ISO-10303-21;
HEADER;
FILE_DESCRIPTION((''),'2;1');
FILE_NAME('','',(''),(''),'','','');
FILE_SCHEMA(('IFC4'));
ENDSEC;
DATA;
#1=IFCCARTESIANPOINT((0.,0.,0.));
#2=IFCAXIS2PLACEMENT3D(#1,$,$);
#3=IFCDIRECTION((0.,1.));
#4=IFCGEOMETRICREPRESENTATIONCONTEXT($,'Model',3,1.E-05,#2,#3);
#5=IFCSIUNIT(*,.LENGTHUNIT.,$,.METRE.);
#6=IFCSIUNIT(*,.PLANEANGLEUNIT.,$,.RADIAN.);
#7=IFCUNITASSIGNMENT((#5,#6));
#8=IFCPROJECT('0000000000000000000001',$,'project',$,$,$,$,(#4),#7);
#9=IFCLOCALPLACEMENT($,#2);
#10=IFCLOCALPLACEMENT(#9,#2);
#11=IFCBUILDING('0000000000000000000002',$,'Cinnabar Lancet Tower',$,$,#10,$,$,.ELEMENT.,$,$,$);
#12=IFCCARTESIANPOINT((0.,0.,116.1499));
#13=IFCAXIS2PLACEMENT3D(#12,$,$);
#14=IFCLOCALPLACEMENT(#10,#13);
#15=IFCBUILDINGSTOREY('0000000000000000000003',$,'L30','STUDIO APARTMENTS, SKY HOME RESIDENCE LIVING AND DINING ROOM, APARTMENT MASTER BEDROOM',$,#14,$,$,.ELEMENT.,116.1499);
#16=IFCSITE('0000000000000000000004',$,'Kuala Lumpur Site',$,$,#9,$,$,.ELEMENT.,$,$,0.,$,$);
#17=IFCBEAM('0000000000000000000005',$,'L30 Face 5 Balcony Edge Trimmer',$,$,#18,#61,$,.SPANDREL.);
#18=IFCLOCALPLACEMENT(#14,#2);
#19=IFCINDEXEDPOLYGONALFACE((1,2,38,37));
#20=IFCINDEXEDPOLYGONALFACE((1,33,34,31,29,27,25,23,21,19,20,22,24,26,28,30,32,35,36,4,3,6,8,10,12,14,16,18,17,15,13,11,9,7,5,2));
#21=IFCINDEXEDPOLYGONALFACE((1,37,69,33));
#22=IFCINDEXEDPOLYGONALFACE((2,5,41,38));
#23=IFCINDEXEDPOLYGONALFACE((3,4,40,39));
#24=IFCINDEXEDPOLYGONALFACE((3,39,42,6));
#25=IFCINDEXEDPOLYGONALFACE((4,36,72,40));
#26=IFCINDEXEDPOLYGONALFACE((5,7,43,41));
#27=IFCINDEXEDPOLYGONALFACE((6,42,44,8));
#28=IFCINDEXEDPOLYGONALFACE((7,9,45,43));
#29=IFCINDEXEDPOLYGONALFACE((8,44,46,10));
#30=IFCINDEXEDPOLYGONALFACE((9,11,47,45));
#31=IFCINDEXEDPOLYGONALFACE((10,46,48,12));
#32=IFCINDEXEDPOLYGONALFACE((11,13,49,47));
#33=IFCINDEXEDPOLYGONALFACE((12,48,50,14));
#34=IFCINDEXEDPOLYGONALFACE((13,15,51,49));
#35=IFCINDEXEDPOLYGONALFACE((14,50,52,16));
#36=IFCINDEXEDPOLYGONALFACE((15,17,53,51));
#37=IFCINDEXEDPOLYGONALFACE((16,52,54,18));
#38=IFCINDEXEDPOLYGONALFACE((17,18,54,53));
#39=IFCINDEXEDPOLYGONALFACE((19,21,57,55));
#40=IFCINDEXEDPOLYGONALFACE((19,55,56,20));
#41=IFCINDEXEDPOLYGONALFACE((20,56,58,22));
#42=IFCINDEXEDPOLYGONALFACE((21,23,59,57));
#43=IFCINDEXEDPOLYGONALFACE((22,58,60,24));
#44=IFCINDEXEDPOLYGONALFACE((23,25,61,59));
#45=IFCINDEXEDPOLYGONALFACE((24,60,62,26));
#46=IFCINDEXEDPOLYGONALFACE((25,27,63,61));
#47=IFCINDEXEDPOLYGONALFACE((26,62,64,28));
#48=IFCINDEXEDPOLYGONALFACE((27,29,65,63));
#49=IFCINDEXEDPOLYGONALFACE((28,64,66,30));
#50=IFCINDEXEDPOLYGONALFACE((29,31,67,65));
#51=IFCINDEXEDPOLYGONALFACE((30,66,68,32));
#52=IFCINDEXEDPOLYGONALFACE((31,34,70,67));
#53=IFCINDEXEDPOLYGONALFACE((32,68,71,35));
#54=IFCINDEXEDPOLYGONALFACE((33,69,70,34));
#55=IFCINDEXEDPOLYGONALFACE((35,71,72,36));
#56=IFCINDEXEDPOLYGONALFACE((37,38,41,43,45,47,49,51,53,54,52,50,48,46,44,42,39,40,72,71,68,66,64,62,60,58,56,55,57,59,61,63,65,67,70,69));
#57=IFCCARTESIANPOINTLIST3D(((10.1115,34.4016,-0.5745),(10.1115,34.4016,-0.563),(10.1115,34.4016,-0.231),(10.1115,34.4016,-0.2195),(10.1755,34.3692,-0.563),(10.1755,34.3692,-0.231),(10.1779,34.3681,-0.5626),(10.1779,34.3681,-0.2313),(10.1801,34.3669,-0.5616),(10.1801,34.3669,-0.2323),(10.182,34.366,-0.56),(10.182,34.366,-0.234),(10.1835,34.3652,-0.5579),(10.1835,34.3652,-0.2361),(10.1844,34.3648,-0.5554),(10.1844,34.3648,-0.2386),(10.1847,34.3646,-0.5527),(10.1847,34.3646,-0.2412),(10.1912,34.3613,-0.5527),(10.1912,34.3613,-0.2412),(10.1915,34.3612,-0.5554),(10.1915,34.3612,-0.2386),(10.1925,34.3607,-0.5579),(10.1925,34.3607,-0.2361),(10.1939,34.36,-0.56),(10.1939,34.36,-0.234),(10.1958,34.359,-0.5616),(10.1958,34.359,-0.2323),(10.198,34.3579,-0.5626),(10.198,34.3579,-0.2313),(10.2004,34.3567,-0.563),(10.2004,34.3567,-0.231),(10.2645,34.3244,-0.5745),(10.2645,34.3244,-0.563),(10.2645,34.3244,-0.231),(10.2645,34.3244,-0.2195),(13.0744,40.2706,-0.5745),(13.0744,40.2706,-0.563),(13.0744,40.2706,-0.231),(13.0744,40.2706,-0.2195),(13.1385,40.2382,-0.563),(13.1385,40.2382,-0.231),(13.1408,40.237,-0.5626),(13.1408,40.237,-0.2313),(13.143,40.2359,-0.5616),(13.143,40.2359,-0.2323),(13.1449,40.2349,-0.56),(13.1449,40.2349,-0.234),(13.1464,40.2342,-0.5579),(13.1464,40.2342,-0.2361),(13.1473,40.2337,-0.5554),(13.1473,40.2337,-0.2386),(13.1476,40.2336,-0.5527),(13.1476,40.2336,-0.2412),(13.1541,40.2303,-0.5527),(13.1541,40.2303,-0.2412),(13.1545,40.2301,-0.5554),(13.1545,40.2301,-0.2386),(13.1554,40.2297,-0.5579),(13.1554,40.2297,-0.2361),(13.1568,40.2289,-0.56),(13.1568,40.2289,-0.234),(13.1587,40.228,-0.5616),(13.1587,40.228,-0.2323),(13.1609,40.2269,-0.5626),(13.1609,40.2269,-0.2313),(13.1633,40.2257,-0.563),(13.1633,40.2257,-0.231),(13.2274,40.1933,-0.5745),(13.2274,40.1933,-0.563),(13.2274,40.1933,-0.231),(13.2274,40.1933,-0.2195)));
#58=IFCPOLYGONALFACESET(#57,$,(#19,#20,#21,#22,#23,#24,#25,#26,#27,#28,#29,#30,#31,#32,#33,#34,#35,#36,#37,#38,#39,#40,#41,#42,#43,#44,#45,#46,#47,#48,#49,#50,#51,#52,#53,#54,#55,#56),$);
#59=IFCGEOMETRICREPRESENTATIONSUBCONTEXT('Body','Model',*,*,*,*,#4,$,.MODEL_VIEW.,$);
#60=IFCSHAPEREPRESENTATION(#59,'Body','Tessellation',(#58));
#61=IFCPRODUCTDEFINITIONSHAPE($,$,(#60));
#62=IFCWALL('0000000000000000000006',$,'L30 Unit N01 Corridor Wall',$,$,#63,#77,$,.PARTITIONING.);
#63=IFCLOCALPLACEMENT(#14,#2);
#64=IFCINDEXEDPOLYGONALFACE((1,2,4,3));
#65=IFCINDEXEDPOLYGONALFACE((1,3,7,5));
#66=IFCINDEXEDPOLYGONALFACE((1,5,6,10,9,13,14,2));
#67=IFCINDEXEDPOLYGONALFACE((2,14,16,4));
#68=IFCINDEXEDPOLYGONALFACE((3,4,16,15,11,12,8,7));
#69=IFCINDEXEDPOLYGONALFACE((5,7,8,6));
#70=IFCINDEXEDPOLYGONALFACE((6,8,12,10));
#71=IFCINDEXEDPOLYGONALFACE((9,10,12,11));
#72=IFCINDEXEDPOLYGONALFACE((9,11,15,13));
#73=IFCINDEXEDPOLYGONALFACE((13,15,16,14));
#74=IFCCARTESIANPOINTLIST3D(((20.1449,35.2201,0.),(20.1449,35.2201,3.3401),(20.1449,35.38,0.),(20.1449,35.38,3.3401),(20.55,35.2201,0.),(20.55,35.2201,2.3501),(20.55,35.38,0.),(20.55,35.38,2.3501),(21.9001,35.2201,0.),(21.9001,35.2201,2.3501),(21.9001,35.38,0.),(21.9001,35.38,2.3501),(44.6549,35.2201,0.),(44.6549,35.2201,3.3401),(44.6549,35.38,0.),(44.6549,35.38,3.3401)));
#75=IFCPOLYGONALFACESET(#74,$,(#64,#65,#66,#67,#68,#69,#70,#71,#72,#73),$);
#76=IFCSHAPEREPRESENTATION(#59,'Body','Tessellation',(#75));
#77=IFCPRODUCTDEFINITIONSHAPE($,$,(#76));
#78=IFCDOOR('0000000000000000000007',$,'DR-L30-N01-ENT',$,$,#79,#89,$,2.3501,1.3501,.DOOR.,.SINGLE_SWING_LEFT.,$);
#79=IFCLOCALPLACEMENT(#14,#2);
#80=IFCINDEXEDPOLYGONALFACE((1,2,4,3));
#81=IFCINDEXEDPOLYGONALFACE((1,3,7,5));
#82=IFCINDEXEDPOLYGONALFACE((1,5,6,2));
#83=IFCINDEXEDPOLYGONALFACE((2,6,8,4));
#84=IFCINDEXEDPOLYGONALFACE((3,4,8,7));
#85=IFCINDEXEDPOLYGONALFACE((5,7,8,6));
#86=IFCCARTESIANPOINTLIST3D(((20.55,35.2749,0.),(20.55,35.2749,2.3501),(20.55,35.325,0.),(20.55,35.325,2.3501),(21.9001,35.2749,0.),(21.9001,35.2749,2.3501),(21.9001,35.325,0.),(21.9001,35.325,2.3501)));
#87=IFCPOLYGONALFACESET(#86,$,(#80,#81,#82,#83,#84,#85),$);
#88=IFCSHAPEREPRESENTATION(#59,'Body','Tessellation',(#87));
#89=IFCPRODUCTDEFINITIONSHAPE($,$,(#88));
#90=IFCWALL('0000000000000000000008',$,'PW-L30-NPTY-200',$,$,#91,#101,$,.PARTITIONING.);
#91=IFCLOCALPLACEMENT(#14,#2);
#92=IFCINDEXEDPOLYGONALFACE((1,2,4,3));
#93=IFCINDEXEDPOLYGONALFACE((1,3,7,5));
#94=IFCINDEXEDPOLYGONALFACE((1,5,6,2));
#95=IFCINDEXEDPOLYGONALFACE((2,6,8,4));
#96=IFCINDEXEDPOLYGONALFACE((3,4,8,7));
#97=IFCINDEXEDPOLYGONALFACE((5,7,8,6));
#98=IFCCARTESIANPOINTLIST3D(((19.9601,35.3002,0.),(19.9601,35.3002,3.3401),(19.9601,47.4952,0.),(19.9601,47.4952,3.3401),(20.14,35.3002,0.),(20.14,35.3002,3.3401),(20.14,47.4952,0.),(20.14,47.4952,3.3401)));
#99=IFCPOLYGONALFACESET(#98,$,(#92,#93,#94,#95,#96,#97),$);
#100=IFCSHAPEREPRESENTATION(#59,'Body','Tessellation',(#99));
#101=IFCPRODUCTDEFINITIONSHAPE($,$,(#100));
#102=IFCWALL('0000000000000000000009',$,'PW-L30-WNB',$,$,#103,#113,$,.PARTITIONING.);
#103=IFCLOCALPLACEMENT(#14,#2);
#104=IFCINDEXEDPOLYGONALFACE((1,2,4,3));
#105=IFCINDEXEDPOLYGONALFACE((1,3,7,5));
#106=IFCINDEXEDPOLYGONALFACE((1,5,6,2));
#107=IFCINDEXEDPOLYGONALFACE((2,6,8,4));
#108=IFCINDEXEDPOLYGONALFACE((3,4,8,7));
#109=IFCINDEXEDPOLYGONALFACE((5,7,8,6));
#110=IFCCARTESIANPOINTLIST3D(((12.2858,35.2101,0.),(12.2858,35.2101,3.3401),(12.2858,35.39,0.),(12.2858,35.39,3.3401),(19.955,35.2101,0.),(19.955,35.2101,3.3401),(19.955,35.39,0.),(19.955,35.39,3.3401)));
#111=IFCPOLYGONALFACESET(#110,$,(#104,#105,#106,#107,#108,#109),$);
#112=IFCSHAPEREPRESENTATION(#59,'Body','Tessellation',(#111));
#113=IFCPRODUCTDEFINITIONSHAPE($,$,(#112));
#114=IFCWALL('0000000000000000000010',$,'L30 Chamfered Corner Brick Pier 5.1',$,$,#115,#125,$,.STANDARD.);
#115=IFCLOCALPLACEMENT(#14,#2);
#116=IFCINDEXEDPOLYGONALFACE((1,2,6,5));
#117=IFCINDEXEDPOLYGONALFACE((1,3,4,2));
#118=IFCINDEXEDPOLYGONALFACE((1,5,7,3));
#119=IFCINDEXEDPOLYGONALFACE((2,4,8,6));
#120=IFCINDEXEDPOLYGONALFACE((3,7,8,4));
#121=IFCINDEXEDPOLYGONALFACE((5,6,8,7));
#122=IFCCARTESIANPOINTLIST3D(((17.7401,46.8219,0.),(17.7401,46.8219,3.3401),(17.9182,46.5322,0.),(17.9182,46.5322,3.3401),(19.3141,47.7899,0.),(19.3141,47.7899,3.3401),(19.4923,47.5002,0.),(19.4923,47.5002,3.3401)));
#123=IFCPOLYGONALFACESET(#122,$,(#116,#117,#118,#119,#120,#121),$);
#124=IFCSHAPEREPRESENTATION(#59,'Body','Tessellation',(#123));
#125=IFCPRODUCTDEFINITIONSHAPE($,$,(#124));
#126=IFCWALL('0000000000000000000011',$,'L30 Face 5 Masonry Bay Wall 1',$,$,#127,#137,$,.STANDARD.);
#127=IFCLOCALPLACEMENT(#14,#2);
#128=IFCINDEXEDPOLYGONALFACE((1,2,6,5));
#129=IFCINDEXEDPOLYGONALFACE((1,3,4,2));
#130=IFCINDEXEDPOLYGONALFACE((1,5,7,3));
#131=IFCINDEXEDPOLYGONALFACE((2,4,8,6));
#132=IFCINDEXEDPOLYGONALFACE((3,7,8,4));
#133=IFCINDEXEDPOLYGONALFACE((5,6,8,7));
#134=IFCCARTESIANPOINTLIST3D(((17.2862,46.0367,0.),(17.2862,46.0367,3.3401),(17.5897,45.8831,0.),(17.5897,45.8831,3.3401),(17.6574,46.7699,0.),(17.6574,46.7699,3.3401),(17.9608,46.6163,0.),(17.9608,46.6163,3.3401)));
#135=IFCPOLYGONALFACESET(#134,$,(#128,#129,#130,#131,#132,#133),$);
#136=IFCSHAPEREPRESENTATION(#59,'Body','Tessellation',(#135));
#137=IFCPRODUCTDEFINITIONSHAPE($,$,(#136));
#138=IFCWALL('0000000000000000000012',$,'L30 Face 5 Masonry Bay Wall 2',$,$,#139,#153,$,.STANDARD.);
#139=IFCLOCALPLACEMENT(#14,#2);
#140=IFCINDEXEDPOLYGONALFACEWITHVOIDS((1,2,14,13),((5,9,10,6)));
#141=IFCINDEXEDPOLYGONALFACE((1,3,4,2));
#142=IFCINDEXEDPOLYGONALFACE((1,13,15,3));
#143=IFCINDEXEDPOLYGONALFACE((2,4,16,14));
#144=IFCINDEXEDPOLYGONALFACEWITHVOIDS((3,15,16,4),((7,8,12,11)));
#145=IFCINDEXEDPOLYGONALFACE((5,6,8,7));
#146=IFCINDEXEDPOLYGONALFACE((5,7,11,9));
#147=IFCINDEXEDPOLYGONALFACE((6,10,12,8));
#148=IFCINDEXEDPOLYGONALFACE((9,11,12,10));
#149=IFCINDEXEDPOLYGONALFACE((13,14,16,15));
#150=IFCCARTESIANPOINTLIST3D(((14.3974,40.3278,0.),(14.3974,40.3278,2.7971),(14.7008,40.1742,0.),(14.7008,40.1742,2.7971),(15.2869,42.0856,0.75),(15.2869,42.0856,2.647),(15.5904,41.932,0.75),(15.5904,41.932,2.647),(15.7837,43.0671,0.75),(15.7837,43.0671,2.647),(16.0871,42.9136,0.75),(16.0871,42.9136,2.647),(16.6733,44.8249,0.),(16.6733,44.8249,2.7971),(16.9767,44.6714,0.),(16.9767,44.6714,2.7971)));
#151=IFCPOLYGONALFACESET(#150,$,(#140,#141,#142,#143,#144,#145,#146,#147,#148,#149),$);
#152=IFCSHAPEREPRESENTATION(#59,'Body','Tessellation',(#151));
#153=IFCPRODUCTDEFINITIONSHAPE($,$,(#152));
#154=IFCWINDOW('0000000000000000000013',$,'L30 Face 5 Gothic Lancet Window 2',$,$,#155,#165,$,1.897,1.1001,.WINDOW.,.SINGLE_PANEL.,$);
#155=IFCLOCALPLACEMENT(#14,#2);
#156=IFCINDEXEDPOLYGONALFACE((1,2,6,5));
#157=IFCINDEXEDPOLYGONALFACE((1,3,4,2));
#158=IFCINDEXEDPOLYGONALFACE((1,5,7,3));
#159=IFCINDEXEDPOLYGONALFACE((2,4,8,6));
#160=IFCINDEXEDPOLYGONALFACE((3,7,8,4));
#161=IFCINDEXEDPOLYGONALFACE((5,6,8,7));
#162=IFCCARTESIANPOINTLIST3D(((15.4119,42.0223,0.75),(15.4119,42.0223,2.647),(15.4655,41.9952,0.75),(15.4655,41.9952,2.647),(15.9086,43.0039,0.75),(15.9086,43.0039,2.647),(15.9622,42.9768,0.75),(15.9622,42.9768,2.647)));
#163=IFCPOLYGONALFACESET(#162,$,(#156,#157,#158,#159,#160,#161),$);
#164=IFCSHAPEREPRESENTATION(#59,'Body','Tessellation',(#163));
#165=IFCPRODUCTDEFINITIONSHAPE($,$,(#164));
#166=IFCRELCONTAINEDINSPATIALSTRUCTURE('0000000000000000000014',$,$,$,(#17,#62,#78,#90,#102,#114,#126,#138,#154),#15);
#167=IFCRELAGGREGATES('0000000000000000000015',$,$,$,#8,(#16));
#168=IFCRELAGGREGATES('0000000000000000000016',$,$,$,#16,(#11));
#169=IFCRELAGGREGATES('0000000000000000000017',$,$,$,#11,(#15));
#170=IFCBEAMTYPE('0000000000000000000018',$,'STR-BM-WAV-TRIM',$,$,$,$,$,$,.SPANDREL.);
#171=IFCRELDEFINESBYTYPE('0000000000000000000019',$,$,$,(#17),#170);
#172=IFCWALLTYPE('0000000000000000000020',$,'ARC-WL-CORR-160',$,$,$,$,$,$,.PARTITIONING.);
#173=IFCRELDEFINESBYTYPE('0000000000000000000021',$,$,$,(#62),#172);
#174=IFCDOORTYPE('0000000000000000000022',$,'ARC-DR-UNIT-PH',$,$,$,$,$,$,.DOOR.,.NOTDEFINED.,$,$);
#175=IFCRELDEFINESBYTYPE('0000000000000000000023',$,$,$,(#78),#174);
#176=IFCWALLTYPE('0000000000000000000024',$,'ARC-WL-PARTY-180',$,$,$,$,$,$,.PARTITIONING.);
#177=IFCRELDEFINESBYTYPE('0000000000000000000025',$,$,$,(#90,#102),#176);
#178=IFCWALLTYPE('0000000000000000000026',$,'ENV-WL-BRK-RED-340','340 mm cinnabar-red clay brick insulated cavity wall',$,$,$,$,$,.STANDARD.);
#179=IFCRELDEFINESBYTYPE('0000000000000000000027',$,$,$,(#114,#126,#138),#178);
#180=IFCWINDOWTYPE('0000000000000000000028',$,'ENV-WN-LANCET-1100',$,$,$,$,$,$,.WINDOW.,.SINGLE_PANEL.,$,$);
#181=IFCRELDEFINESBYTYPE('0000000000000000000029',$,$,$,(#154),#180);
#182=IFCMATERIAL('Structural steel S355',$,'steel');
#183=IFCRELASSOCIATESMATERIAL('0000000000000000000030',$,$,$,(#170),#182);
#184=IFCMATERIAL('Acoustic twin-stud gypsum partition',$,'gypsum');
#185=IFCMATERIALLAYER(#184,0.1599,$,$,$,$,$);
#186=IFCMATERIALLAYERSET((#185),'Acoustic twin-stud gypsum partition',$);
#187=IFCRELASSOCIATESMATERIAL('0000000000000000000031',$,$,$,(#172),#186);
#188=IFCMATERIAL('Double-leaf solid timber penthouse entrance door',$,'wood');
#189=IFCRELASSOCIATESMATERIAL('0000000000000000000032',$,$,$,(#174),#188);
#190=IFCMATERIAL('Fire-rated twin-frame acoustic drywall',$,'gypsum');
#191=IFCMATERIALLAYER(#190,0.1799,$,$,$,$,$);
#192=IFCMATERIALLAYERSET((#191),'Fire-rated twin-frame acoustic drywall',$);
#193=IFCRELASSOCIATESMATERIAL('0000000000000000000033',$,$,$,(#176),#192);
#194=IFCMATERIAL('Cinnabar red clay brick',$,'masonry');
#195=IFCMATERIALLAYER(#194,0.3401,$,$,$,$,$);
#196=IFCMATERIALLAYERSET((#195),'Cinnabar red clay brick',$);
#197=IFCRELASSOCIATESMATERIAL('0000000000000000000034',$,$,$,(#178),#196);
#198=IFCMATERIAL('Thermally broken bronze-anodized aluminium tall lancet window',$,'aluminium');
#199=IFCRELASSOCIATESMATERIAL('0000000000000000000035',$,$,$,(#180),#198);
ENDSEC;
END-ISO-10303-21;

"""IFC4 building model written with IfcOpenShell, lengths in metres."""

from ifc_helpers import new_model, si_unit, direction, frame, frame_2d, origin, origin_2d, place, context, subcontext, project, spatial, rectangle, i_section, extrude, material, layer, layer_set, material_profile, profile_set, type_object, element, fill, save


model = new_model("IFC4")

# Units and contexts
model_context = context("Model", 3, precision=1e-05, world=origin(), true_north=direction((0.0, 1.0)))
body_context = subcontext(model_context, "Body", "Model", "MODEL_VIEW")
ifc_project = project(units=[si_unit("LENGTHUNIT", "METRE"), si_unit("PLANEANGLEUNIT", "RADIAN")], contexts=[model_context])

# Site, building, storey
site_placement = place(None, origin())
site = spatial("IfcSite", under=ifc_project, at=site_placement, Name="Kuala Lumpur Site", CompositionType="ELEMENT", RefElevation=0.0)
building_placement = place(site_placement, origin())
building = spatial("IfcBuilding", under=site, at=building_placement, Name="Cinnabar Lancet Tower", CompositionType="ELEMENT")
storey_placement = place(building_placement, frame((0.0, 0.0, 116.1499)))
storey = spatial("IfcBuildingStorey", under=building, at=storey_placement, Name="L30", Description="STUDIO APARTMENTS, SKY HOME RESIDENCE LIVING AND DINING ROOM, APARTMENT MASTER BEDROOM", CompositionType="ELEMENT", Elevation=116.1499)

# Beam
ifc_material_1 = material(Name="Structural steel S355", Category="steel")
ifc_material_profile_1 = material_profile(ifc_material_1, i_section(OverallWidth=0.1714, OverallDepth=0.355, WebThickness=0.0073, FlangeThickness=0.0115, FilletRadius=0.0103, at=origin_2d()), Name="UKB 356x171x51")
ifc_profile_set_1 = profile_set([ifc_material_profile_1], Name="Structural steel S355")
beam_type_1 = type_object("IfcBeamType", Name="STR-BM-WAV-TRIM", PredefinedType="SPANDREL", material=ifc_profile_set_1)
beam_1_placement = place(storey_placement, frame((13.1509, 40.2319, -0.397), z_axis=(-0.450671, -0.89269, 0.0), x_axis=(0.89269, -0.450671, 0.0)))
element("IfcBeam", 1, at=beam_1_placement, inside=storey, type_object=beam_type_1, Name="L30 Face 5 Balcony Edge Trimmer", PredefinedType="SPANDREL", context=body_context, shape_type="SweptSolid", body=[
    extrude(i_section(OverallWidth=0.1714, OverallDepth=0.355, WebThickness=0.0073, FlangeThickness=0.0115, FilletRadius=0.0103, at=origin_2d()), origin(), (0.0, 0.0, 1.0), 6.5745),
])

# Wall, opening, door
ifc_material_2 = material(Name="Acoustic twin-stud gypsum partition", Category="gypsum")
ifc_layer_1 = layer(ifc_material_2, 0.1599)
ifc_layer_set_1 = layer_set([ifc_layer_1], Name="Acoustic twin-stud gypsum partition")
wall_type_1 = type_object("IfcWallType", Name="ARC-WL-CORR-160", PredefinedType="PARTITIONING", material=ifc_layer_set_1)
wall_1_placement = place(storey_placement, frame((20.145, 35.3, 0.0), z_axis=(0.0, 0.0, 1.0), x_axis=(1.0, 0.0, 0.0)))
wall_1 = element("IfcWall", 2, at=wall_1_placement, inside=storey, type_object=wall_type_1, Name="L30 Unit N01 Corridor Wall", PredefinedType="PARTITIONING", context=body_context, shape_type="SweptSolid", body=[
    extrude(rectangle(XDim=24.51, YDim=0.1599, at=frame_2d((12.2549, 0.0))), origin(), (0.0, 0.0, 1.0), 3.3401),
])
opening_1_placement = place(wall_1_placement, frame((0.405, 0.0, 0.0)))
opening_1 = element("IfcOpeningElement", 3, at=opening_1_placement, cuts=wall_1, PredefinedType="OPENING", context=body_context, shape_type="SweptSolid", body=[
    extrude(rectangle(XDim=1.3501, YDim=2.3501, at=frame_2d((0.675, 1.175))), frame((0.0, 0.0898, 0.0), z_axis=(0.0, -1.0, 0.0), x_axis=(1.0, 0.0, 0.0)), (0.0, 0.0, 1.0), 0.1799),
])
ifc_material_3 = material(Name="Double-leaf solid timber penthouse entrance door", Category="wood")
door_type_1 = type_object("IfcDoorType", Name="ARC-DR-UNIT-PH", OperationType="NOTDEFINED", PredefinedType="DOOR", material=ifc_material_3)
door_1_placement = place(opening_1_placement, origin())
door_1 = element("IfcDoor", 4, at=door_1_placement, inside=storey, type_object=door_type_1, Name="DR-L30-N01-ENT", OperationType="SINGLE_SWING_LEFT", OverallHeight=2.3501, OverallWidth=1.3501, PredefinedType="DOOR", context=body_context, shape_type="SweptSolid", body=[
    extrude(rectangle(XDim=1.3501, YDim=2.3501, at=frame_2d((0.675, 1.175))), frame((0.0, 0.0249, 0.0), z_axis=(0.0, -1.0, 0.0), x_axis=(1.0, 0.0, 0.0)), (0.0, 0.0, 1.0), 0.05),
])
fill(opening_1, door_1)

# Walls
ifc_material_4 = material(Name="Fire-rated twin-frame acoustic drywall", Category="gypsum")
ifc_layer_2 = layer(ifc_material_4, 0.1799)
ifc_layer_set_2 = layer_set([ifc_layer_2], Name="Fire-rated twin-frame acoustic drywall")
wall_type_2 = type_object("IfcWallType", Name="ARC-WL-PARTY-180", PredefinedType="PARTITIONING", material=ifc_layer_set_2)
wall_2_placement = place(storey_placement, frame((20.05, 35.3, 0.0), z_axis=(0.0, 0.0, 1.0), x_axis=(0.0, 1.0, 0.0)))
element("IfcWall", 5, at=wall_2_placement, inside=storey, type_object=wall_type_2, Name="PW-L30-NPTY-200", PredefinedType="PARTITIONING", context=body_context, shape_type="SweptSolid", body=[
    extrude(rectangle(XDim=12.1951, YDim=0.1799, at=frame_2d((6.0977, 0.0))), origin(), (0.0, 0.0, 1.0), 3.3401),
])
wall_3_placement = place(storey_placement, frame((12.2859, 35.3, 0.0), z_axis=(0.0, 0.0, 1.0), x_axis=(1.0, 0.0, 0.0)))
element("IfcWall", 6, at=wall_3_placement, inside=storey, type_object=wall_type_2, Name="PW-L30-WNB", PredefinedType="PARTITIONING", context=body_context, shape_type="SweptSolid", body=[
    extrude(rectangle(XDim=7.6692, YDim=0.1799, at=frame_2d((3.8345, 0.0))), origin(), (0.0, 0.0, 1.0), 3.3401),
])
ifc_material_5 = material(Name="Cinnabar red clay brick", Category="masonry")
ifc_layer_3 = layer(ifc_material_5, 0.3401)
ifc_layer_set_3 = layer_set([ifc_layer_3], Name="Cinnabar red clay brick")
wall_type_3 = type_object("IfcWallType", Name="ENV-WL-BRK-RED-340", Description="340 mm cinnabar-red clay brick insulated cavity wall", PredefinedType="STANDARD", material=ifc_layer_set_3)
wall_4_placement = place(storey_placement, frame((19.4031, 47.645, 0.0), z_axis=(0.0, 0.0, 1.0), x_axis=(-0.851799, -0.523869, 0.0)))
element("IfcWall", 7, at=wall_4_placement, inside=storey, type_object=wall_type_3, Name="L30 Chamfered Corner Brick Pier 5.1", PredefinedType="STANDARD", context=body_context, shape_type="SweptSolid", body=[
    extrude(rectangle(XDim=1.8479, YDim=0.3401, at=frame_2d((0.9238, 0.0))), origin(), (0.0, 0.0, 1.0), 3.3401),
])
wall_5_placement = place(storey_placement, frame((17.8091, 46.6931, 0.0), z_axis=(0.0, 0.0, 1.0), x_axis=(-0.451605, -0.892218, 0.0)))
element("IfcWall", 8, at=wall_5_placement, inside=storey, type_object=wall_type_3, Name="L30 Face 5 Masonry Bay Wall 1", PredefinedType="STANDARD", context=body_context, shape_type="SweptSolid", body=[
    extrude(rectangle(XDim=0.8218, YDim=0.3401, at=frame_2d((0.4109, 0.0))), origin(), (0.0, 0.0, 1.0), 3.3401),
])

# Wall, opening, window
wall_6_placement = place(storey_placement, frame((16.825, 44.748, 0.0), z_axis=(0.0, 0.0, 1.0), x_axis=(-0.451548, -0.892247, 0.0)))
wall_6 = element("IfcWall", 9, at=wall_6_placement, inside=storey, type_object=wall_type_3, Name="L30 Face 5 Masonry Bay Wall 2", PredefinedType="STANDARD", context=body_context, shape_type="SweptSolid", body=[
    extrude(rectangle(XDim=5.0403, YDim=0.3401, at=frame_2d((2.52, 0.0))), origin(), (0.0, 0.0, 1.0), 2.7971),
])
opening_2_placement = place(wall_6_placement, frame((1.97, 0.0, 0.75)))
opening_2 = element("IfcOpeningElement", 10, at=opening_2_placement, cuts=wall_6, PredefinedType="OPENING", context=body_context, shape_type="SweptSolid", body=[
    extrude(rectangle(XDim=1.1001, YDim=1.897, at=frame_2d((0.55, 0.9485))), frame((0.0, 0.1799, 0.0), z_axis=(0.0, -1.0, 0.0), x_axis=(1.0, 0.0, 0.0)), (0.0, 0.0, 1.0), 0.3601),
])
ifc_material_6 = material(Name="Thermally broken bronze-anodized aluminium tall lancet window", Category="aluminium")
window_type = type_object("IfcWindowType", Name="ENV-WN-LANCET-1100", PartitioningType="SINGLE_PANEL", PredefinedType="WINDOW", material=ifc_material_6)
window_placement = place(opening_2_placement, origin())
window = element("IfcWindow", 11, at=window_placement, inside=storey, type_object=window_type, Name="L30 Face 5 Gothic Lancet Window 2", OverallHeight=1.897, OverallWidth=1.1001, PartitioningType="SINGLE_PANEL", PredefinedType="WINDOW", context=body_context, shape_type="SweptSolid", body=[
    extrude(rectangle(XDim=1.1001, YDim=1.897, at=frame_2d((0.55, 0.9485))), frame((0.0, 0.03, 0.0), z_axis=(0.0, -1.0, 0.0), x_axis=(1.0, 0.0, 0.0)), (0.0, 0.0, 1.0), 0.0601),
])
fill(opening_2, window)

save(model, "model.ifc")
